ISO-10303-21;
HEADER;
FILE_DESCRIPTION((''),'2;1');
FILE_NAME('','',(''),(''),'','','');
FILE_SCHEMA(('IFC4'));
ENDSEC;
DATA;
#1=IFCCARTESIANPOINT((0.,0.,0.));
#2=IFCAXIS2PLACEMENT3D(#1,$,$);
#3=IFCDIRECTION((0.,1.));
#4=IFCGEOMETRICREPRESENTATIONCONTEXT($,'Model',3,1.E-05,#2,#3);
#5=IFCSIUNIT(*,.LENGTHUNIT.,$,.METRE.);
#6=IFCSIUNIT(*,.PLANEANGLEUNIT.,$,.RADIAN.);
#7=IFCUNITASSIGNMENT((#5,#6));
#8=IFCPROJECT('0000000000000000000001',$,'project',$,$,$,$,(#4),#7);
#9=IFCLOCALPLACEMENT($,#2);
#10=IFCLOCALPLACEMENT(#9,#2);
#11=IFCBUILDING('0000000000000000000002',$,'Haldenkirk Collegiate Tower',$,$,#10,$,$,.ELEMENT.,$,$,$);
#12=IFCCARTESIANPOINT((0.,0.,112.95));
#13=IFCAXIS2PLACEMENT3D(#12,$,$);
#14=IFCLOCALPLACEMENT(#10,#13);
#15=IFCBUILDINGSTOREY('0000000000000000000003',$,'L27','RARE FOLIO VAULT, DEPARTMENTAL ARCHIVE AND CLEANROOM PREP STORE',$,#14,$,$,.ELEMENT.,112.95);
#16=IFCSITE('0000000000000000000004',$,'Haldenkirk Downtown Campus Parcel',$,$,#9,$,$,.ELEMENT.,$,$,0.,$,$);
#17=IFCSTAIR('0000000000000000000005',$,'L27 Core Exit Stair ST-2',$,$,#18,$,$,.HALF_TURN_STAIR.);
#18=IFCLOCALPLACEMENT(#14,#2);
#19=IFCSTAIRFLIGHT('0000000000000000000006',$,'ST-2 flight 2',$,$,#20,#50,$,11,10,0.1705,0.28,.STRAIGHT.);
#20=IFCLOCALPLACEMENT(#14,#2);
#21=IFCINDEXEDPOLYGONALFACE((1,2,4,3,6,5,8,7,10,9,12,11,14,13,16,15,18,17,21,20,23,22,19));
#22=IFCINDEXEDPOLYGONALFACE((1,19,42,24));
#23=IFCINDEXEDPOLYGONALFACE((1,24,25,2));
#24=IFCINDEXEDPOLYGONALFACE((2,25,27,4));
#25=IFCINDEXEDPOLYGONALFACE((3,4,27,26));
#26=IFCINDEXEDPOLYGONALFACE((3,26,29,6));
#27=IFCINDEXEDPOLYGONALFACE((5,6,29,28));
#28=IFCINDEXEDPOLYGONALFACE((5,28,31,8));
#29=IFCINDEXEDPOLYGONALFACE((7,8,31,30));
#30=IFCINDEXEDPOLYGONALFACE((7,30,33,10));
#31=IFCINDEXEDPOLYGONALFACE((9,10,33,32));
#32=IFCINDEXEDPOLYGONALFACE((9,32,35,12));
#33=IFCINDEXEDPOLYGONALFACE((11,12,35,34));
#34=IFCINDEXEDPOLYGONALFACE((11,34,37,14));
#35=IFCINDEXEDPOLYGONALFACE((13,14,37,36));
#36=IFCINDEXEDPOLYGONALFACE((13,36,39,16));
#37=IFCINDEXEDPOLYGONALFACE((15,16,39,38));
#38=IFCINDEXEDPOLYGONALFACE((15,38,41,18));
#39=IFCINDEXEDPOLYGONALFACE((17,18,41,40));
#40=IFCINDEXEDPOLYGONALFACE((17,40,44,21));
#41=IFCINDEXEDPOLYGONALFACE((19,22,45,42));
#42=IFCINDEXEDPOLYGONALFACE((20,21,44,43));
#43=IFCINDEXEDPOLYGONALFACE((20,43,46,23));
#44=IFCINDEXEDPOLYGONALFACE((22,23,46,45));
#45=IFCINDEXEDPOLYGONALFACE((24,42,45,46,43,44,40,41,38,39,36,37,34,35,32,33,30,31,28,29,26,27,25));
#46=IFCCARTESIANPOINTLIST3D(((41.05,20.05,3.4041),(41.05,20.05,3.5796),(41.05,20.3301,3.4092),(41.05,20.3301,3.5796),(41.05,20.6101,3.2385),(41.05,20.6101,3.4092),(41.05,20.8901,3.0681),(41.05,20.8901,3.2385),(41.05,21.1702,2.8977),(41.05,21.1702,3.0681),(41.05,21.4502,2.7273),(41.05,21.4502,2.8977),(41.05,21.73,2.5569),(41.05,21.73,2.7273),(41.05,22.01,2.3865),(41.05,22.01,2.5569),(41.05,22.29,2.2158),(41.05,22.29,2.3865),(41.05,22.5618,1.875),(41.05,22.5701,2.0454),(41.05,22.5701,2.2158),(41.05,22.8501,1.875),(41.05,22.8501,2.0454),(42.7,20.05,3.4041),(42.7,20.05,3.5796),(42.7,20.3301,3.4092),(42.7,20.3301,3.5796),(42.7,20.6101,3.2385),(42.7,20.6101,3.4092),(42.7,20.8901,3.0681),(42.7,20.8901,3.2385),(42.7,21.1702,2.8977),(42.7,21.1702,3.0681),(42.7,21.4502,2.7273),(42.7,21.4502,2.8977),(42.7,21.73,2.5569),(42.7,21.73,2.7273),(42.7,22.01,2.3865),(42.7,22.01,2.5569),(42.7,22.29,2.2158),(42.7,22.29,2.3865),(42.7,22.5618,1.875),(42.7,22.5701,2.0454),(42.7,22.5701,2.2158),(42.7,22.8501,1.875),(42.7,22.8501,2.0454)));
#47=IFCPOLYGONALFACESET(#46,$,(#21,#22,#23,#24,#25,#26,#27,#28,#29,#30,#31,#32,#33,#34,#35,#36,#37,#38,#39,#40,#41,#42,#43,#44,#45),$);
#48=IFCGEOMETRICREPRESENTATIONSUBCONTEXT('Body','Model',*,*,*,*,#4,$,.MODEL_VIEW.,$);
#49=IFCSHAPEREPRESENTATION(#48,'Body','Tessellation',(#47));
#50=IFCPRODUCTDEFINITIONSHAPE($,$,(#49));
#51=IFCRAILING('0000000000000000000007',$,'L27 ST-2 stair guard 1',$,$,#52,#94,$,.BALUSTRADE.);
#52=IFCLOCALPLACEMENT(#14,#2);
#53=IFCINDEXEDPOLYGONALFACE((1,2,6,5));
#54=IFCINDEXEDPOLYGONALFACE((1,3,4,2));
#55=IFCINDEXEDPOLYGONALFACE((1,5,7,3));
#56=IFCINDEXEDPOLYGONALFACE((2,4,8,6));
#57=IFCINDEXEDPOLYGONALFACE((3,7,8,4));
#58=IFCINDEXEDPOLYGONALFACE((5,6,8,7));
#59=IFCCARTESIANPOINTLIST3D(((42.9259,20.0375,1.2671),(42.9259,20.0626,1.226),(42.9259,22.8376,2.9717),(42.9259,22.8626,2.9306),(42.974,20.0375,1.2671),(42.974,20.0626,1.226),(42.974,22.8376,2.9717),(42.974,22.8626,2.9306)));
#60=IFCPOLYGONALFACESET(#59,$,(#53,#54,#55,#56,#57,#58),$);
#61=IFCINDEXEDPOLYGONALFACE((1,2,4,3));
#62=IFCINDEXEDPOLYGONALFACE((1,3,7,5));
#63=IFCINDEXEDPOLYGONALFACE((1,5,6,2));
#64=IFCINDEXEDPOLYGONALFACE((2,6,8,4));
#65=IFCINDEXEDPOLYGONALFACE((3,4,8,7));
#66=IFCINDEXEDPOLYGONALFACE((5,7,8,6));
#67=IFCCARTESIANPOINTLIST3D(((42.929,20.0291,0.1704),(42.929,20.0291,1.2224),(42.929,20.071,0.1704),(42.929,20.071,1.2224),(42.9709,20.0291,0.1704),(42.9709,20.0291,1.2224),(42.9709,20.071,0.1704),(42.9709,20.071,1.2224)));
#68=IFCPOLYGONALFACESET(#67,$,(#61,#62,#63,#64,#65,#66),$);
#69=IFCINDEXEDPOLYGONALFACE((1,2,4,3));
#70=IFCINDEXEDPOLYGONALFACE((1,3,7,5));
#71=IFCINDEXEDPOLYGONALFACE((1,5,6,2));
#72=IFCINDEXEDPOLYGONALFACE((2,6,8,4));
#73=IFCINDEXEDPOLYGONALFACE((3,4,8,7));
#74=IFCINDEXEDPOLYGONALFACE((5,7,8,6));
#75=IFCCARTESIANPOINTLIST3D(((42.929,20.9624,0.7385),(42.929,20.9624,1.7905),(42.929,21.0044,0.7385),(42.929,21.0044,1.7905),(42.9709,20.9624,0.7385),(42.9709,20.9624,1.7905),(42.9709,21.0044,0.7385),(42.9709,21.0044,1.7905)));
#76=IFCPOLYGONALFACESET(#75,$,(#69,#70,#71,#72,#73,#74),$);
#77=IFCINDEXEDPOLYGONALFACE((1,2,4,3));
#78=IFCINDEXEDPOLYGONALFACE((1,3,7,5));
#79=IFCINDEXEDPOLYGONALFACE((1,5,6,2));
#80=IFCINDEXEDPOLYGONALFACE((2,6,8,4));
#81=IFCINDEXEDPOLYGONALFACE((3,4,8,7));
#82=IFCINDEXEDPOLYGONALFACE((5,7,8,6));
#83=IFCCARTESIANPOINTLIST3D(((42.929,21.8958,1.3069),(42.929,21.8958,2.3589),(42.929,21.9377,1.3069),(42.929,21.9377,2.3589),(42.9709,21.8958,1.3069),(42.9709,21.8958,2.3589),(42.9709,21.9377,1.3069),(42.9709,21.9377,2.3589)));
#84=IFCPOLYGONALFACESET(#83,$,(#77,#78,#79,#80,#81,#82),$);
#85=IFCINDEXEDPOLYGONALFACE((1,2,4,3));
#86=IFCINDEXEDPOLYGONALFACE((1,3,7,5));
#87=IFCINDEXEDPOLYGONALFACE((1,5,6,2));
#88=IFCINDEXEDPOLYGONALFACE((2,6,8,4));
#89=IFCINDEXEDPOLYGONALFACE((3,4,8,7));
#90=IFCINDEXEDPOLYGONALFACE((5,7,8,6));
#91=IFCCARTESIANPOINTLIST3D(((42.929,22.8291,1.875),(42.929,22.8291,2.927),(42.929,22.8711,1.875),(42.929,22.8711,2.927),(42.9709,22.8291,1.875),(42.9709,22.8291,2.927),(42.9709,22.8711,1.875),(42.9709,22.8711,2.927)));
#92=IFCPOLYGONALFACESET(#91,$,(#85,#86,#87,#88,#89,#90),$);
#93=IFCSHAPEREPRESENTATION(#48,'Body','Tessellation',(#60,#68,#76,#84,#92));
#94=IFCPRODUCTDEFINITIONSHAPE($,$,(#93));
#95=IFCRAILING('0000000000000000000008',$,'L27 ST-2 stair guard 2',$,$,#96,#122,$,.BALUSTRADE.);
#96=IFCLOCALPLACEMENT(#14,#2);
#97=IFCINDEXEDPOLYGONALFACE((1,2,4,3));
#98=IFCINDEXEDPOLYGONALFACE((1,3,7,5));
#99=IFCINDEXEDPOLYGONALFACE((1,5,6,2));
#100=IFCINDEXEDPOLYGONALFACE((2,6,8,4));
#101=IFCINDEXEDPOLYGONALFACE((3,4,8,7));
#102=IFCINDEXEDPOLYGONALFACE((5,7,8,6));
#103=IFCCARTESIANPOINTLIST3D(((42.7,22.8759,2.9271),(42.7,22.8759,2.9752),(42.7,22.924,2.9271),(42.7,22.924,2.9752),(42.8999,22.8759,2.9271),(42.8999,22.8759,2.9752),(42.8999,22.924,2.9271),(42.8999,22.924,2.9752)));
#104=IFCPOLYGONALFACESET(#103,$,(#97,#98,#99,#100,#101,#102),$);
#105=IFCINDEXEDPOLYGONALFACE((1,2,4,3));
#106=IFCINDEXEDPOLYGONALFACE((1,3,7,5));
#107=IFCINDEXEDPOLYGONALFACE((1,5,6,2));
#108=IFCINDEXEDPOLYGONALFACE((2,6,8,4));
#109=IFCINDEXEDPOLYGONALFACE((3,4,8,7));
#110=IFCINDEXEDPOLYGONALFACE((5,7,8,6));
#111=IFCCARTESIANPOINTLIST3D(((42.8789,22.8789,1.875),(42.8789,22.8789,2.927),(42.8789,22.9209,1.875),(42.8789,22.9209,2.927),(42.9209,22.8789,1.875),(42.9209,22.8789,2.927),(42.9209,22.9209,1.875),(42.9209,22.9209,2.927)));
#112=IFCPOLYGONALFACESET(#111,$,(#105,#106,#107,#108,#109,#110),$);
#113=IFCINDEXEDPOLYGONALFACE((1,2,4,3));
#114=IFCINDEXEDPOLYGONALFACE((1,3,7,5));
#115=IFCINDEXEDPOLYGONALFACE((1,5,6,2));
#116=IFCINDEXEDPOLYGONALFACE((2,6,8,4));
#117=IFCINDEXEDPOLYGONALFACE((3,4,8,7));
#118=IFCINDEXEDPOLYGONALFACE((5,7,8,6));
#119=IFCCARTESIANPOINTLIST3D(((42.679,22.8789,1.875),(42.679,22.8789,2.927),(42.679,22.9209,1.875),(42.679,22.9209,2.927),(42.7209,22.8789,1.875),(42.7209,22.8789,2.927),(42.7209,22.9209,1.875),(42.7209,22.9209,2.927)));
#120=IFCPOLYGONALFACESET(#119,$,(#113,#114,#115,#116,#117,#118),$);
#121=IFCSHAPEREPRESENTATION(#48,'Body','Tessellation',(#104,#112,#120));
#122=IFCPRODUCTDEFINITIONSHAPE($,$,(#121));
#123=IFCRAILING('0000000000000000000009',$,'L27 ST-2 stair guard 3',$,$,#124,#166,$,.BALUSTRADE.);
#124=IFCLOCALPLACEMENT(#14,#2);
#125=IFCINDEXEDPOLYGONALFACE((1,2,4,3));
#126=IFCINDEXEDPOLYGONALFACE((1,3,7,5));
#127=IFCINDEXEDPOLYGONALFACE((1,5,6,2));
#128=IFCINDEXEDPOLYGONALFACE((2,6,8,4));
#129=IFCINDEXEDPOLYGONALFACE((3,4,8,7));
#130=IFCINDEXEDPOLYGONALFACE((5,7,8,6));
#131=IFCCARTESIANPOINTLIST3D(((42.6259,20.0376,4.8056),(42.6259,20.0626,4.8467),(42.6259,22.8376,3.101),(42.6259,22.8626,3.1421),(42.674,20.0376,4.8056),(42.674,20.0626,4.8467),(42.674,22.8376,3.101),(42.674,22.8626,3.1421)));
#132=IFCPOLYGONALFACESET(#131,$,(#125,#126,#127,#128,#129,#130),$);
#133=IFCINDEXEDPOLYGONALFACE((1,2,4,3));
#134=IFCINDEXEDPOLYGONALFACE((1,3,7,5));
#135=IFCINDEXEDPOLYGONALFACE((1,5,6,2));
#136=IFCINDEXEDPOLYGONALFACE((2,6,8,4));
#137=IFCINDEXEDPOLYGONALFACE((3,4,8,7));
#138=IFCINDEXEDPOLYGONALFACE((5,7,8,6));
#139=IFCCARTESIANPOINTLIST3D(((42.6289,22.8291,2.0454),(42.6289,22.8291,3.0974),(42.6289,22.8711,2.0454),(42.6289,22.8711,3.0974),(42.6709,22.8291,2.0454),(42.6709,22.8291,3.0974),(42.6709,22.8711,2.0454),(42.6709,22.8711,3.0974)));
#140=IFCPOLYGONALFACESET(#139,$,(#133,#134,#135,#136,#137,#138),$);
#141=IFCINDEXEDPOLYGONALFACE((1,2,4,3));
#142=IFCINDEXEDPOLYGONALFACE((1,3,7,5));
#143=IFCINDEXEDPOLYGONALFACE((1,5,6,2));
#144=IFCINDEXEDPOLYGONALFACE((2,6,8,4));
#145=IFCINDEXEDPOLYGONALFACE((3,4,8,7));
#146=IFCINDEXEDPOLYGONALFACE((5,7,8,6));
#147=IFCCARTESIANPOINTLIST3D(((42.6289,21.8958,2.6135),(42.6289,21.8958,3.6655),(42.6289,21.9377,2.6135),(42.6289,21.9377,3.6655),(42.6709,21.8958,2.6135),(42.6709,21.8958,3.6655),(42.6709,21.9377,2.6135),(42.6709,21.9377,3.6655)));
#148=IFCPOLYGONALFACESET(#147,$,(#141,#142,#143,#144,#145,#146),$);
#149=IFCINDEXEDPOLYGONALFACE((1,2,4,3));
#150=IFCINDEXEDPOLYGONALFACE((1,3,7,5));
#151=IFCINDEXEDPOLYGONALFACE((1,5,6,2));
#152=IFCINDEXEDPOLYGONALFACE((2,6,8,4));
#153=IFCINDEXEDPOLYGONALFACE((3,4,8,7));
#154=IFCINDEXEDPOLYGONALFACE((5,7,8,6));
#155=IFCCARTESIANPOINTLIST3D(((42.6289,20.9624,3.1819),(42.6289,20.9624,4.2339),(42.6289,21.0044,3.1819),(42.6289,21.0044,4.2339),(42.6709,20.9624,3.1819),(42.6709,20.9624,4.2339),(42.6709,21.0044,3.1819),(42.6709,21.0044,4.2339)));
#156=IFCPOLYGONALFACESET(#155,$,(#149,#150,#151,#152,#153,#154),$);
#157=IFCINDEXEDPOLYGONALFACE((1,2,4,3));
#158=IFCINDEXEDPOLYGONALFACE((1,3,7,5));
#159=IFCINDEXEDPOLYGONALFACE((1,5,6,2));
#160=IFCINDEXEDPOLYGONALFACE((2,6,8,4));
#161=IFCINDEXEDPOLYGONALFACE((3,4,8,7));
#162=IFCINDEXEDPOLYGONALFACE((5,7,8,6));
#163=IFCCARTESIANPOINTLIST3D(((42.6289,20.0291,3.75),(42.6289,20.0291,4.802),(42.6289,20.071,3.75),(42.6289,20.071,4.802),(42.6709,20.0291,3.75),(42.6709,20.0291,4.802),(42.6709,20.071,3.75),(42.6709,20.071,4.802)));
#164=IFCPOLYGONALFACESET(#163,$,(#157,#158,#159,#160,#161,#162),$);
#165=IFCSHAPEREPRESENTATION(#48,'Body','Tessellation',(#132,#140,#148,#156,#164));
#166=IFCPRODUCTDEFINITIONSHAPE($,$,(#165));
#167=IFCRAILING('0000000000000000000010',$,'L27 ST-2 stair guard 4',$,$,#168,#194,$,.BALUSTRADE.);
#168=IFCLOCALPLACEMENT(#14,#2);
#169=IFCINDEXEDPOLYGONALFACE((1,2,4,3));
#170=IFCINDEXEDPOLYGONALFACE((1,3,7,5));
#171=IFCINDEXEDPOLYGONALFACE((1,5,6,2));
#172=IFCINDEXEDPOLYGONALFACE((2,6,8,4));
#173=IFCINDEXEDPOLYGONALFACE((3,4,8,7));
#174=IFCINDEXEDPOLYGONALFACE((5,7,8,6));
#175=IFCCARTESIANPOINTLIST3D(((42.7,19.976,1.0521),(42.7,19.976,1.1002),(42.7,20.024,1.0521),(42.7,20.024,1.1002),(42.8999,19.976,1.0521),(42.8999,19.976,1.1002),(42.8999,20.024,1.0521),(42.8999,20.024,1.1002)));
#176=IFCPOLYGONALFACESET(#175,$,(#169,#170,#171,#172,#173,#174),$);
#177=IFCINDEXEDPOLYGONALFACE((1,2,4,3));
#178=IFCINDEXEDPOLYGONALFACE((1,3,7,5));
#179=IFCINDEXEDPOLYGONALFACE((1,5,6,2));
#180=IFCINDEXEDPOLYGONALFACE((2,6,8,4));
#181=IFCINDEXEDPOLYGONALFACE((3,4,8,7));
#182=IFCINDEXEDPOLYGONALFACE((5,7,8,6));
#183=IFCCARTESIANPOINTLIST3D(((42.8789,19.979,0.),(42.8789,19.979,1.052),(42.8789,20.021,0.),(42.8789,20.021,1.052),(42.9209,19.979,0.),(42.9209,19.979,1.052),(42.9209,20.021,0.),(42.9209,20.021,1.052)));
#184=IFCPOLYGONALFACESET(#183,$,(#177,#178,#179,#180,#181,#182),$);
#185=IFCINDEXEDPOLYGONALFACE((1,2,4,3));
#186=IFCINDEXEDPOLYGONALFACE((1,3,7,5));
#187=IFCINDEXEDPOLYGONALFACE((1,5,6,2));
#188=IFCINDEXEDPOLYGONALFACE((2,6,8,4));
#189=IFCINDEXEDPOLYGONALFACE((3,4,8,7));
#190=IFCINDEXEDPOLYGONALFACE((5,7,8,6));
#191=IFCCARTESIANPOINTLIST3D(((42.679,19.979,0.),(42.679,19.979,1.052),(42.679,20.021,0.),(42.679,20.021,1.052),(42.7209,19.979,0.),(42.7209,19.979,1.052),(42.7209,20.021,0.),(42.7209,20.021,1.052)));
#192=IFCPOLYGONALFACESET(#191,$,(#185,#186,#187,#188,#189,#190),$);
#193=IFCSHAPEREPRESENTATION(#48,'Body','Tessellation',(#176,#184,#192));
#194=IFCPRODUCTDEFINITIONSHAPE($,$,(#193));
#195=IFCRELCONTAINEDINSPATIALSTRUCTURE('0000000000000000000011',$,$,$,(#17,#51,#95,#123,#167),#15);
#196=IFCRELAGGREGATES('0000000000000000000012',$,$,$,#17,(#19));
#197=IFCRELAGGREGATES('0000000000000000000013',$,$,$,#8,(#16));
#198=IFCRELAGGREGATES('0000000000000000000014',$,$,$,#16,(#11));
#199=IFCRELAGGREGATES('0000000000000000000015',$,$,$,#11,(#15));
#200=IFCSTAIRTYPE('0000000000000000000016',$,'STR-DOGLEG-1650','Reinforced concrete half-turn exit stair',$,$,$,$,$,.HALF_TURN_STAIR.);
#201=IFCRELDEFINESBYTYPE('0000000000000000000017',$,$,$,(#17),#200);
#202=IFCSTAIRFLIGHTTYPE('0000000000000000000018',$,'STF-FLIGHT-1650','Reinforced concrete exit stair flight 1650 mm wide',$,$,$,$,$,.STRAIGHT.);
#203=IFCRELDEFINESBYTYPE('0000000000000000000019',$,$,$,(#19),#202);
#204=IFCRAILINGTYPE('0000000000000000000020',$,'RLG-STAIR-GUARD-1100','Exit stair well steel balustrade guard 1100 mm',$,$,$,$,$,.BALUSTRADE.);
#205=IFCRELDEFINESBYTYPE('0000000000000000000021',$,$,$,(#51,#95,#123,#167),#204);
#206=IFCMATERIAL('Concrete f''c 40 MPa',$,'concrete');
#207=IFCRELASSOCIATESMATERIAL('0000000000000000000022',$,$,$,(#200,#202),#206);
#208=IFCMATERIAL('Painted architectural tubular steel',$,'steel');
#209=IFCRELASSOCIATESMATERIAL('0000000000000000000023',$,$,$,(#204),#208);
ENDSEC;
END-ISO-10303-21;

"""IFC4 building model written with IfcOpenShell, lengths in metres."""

from ifc_helpers import new_model, si_unit, direction, frame, origin, origin_2d, place, context, subcontext, project, spatial, polyline, rectangle, outline, extrude, material, type_object, element, aggregate, save


model = new_model("IFC4")

# Units and contexts
model_context = context("Model", 3, precision=1e-05, world=origin(), true_north=direction((0.0, 1.0)))
body_context = subcontext(model_context, "Body", "Model", "MODEL_VIEW")
ifc_project = project(units=[si_unit("LENGTHUNIT", "METRE"), si_unit("PLANEANGLEUNIT", "RADIAN")], contexts=[model_context])

# Site, building, storey
site_placement = place(None, origin())
site = spatial("IfcSite", under=ifc_project, at=site_placement, Name="Haldenkirk Downtown Campus Parcel", CompositionType="ELEMENT", RefElevation=0.0)
building_placement = place(site_placement, origin())
building = spatial("IfcBuilding", under=site, at=building_placement, Name="Haldenkirk Collegiate Tower", CompositionType="ELEMENT")
storey_placement = place(building_placement, frame((0.0, 0.0, 112.95)))
storey = spatial("IfcBuildingStorey", under=building, at=storey_placement, Name="L27", Description="RARE FOLIO VAULT, DEPARTMENTAL ARCHIVE AND CLEANROOM PREP STORE", CompositionType="ELEMENT", Elevation=112.95)

# Stair, stair flight
ifc_material_1 = material(Name="Concrete f'c 40 MPa", Category="concrete")
stair_type = type_object("IfcStairType", Name="STR-DOGLEG-1650", Description="Reinforced concrete half-turn exit stair", PredefinedType="HALF_TURN_STAIR", material=ifc_material_1)
stair_placement = place(storey_placement, origin())
stair = element("IfcStair", 1, at=stair_placement, inside=storey, type_object=stair_type, Name="L27 Core Exit Stair ST-2", PredefinedType="HALF_TURN_STAIR")
stair_flight_type = type_object("IfcStairFlightType", Name="STF-FLIGHT-1650", Description="Reinforced concrete exit stair flight 1650 mm wide", PredefinedType="STRAIGHT", material=ifc_material_1)
stair_flight_1_placement = place(storey_placement, frame((41.875, 22.8501, 1.875), z_axis=(0.0, 0.0, 1.0), x_axis=(0.0, -1.0, 0.0)))
stair_flight_1 = element("IfcStairFlight", 2, at=stair_flight_1_placement, type_object=stair_flight_type, Name="ST-2 flight 2", NumberOfRisers=11, NumberOfTreads=10, PredefinedType="STRAIGHT", RiserHeight=0.1705, TreadLength=0.28, context=body_context, shape_type="SweptSolid", body=[
    extrude(outline(polyline([(0.0, 0.0), (0.0, 0.1704), (0.28, 0.1704), (0.28, 0.3408), (0.5601, 0.3408), (0.5601, 0.5115), (0.8401, 0.5115), (0.8401, 0.6819), (1.1201, 0.6819), (1.1201, 0.8523), (1.3999, 0.8523), (1.3999, 1.0227), (1.6799, 1.0227), (1.6799, 1.1931), (1.96, 1.1931), (1.96, 1.3635), (2.24, 1.3635), (2.24, 1.5342), (2.52, 1.5342), (2.52, 1.7046), (2.8, 1.7046), (2.8, 1.875), (2.8, 1.5291), (0.2883, 0.0), (0.0, 0.0)])), frame((0.0, 0.825, 0.0), z_axis=(0.0, -1.0, 0.0), x_axis=(1.0, 0.0, 0.0)), (0.0, 0.0, 1.0), 1.6499),
])
aggregate(stair, [stair_flight_1])

# Railings
ifc_material_2 = material(Name="Painted architectural tubular steel", Category="steel")
railing_type_1 = type_object("IfcRailingType", Name="RLG-STAIR-GUARD-1100", Description="Exit stair well steel balustrade guard 1100 mm", PredefinedType="BALUSTRADE", material=ifc_material_2)
railing_1_placement = place(storey_placement, frame((42.95, 20.05, 0.1704)))
element("IfcRailing", 3, at=railing_1_placement, inside=storey, type_object=railing_type_1, Name="L27 ST-2 stair guard 1", PredefinedType="BALUSTRADE", context=body_context, shape_type="SweptSolid", body=[
    extrude(rectangle(XDim=0.0481, YDim=0.0481, at=origin_2d()), frame((0.0, 0.0, 1.0762), z_axis=(0.0, 0.85417, 0.519994), x_axis=(-1.0, 0.0, 0.0)), (0.0, 0.0, 1.0), 3.2781),
    extrude(rectangle(XDim=0.042, YDim=0.042, at=origin_2d()), origin(), (0.0, 0.0, 1.0), 1.052),
    extrude(rectangle(XDim=0.042, YDim=0.042, at=origin_2d()), frame((0.0, 0.9333, 0.5681)), (0.0, 0.0, 1.0), 1.052),
    extrude(rectangle(XDim=0.042, YDim=0.042, at=origin_2d()), frame((0.0, 1.8667, 1.1365)), (0.0, 0.0, 1.0), 1.052),
    extrude(rectangle(XDim=0.042, YDim=0.042, at=origin_2d()), frame((0.0, 2.8, 1.7046)), (0.0, 0.0, 1.0), 1.052),
])
railing_2_placement = place(storey_placement, frame((42.8999, 22.8999, 1.875)))
element("IfcRailing", 4, at=railing_2_placement, inside=storey, type_object=railing_type_1, Name="L27 ST-2 stair guard 2", PredefinedType="BALUSTRADE", context=body_context, shape_type="SweptSolid", body=[
    extrude(rectangle(XDim=0.0481, YDim=0.0481, at=origin_2d()), frame((0.0, 0.0, 1.0762), z_axis=(-1.0, 0.0, 0.0), x_axis=(0.0, -1.0, 0.0)), (0.0, 0.0, 1.0), 0.2),
    extrude(rectangle(XDim=0.042, YDim=0.042, at=origin_2d()), origin(), (0.0, 0.0, 1.0), 1.052),
    extrude(rectangle(XDim=0.042, YDim=0.042, at=origin_2d()), frame((-0.2, 0.0, 0.0)), (0.0, 0.0, 1.0), 1.052),
])
railing_3_placement = place(storey_placement, frame((42.6499, 22.8501, 2.0454)))
element("IfcRailing", 5, at=railing_3_placement, inside=storey, type_object=railing_type_1, Name="L27 ST-2 stair guard 3", PredefinedType="BALUSTRADE", context=body_context, shape_type="SweptSolid", body=[
    extrude(rectangle(XDim=0.0481, YDim=0.0481, at=origin_2d()), frame((0.0, 0.0, 1.0762), z_axis=(0.0, -0.85417, 0.519994), x_axis=(1.0, 0.0, 0.0)), (0.0, 0.0, 1.0), 3.2781),
    extrude(rectangle(XDim=0.042, YDim=0.042, at=origin_2d()), origin(), (0.0, 0.0, 1.0), 1.052),
    extrude(rectangle(XDim=0.042, YDim=0.042, at=origin_2d()), frame((0.0, -0.9333, 0.5681)), (0.0, 0.0, 1.0), 1.052),
    extrude(rectangle(XDim=0.042, YDim=0.042, at=origin_2d()), frame((0.0, -1.8667, 1.1365)), (0.0, 0.0, 1.0), 1.052),
    extrude(rectangle(XDim=0.042, YDim=0.042, at=origin_2d()), frame((0.0, -2.8, 1.7046)), (0.0, 0.0, 1.0), 1.052),
])
railing_4_placement = place(storey_placement, frame((42.8999, 20.0, 0.0)))
element("IfcRailing", 6, at=railing_4_placement, inside=storey, type_object=railing_type_1, Name="L27 ST-2 stair guard 4", PredefinedType="BALUSTRADE", context=body_context, shape_type="SweptSolid", body=[
    extrude(rectangle(XDim=0.0481, YDim=0.0481, at=origin_2d()), frame((0.0, 0.0, 1.0762), z_axis=(-1.0, 0.0, 0.0), x_axis=(0.0, -1.0, 0.0)), (0.0, 0.0, 1.0), 0.2),
    extrude(rectangle(XDim=0.042, YDim=0.042, at=origin_2d()), origin(), (0.0, 0.0, 1.0), 1.052),
    extrude(rectangle(XDim=0.042, YDim=0.042, at=origin_2d()), frame((-0.2, 0.0, 0.0)), (0.0, 0.0, 1.0), 1.052),
])

save(model, "model.ifc")
